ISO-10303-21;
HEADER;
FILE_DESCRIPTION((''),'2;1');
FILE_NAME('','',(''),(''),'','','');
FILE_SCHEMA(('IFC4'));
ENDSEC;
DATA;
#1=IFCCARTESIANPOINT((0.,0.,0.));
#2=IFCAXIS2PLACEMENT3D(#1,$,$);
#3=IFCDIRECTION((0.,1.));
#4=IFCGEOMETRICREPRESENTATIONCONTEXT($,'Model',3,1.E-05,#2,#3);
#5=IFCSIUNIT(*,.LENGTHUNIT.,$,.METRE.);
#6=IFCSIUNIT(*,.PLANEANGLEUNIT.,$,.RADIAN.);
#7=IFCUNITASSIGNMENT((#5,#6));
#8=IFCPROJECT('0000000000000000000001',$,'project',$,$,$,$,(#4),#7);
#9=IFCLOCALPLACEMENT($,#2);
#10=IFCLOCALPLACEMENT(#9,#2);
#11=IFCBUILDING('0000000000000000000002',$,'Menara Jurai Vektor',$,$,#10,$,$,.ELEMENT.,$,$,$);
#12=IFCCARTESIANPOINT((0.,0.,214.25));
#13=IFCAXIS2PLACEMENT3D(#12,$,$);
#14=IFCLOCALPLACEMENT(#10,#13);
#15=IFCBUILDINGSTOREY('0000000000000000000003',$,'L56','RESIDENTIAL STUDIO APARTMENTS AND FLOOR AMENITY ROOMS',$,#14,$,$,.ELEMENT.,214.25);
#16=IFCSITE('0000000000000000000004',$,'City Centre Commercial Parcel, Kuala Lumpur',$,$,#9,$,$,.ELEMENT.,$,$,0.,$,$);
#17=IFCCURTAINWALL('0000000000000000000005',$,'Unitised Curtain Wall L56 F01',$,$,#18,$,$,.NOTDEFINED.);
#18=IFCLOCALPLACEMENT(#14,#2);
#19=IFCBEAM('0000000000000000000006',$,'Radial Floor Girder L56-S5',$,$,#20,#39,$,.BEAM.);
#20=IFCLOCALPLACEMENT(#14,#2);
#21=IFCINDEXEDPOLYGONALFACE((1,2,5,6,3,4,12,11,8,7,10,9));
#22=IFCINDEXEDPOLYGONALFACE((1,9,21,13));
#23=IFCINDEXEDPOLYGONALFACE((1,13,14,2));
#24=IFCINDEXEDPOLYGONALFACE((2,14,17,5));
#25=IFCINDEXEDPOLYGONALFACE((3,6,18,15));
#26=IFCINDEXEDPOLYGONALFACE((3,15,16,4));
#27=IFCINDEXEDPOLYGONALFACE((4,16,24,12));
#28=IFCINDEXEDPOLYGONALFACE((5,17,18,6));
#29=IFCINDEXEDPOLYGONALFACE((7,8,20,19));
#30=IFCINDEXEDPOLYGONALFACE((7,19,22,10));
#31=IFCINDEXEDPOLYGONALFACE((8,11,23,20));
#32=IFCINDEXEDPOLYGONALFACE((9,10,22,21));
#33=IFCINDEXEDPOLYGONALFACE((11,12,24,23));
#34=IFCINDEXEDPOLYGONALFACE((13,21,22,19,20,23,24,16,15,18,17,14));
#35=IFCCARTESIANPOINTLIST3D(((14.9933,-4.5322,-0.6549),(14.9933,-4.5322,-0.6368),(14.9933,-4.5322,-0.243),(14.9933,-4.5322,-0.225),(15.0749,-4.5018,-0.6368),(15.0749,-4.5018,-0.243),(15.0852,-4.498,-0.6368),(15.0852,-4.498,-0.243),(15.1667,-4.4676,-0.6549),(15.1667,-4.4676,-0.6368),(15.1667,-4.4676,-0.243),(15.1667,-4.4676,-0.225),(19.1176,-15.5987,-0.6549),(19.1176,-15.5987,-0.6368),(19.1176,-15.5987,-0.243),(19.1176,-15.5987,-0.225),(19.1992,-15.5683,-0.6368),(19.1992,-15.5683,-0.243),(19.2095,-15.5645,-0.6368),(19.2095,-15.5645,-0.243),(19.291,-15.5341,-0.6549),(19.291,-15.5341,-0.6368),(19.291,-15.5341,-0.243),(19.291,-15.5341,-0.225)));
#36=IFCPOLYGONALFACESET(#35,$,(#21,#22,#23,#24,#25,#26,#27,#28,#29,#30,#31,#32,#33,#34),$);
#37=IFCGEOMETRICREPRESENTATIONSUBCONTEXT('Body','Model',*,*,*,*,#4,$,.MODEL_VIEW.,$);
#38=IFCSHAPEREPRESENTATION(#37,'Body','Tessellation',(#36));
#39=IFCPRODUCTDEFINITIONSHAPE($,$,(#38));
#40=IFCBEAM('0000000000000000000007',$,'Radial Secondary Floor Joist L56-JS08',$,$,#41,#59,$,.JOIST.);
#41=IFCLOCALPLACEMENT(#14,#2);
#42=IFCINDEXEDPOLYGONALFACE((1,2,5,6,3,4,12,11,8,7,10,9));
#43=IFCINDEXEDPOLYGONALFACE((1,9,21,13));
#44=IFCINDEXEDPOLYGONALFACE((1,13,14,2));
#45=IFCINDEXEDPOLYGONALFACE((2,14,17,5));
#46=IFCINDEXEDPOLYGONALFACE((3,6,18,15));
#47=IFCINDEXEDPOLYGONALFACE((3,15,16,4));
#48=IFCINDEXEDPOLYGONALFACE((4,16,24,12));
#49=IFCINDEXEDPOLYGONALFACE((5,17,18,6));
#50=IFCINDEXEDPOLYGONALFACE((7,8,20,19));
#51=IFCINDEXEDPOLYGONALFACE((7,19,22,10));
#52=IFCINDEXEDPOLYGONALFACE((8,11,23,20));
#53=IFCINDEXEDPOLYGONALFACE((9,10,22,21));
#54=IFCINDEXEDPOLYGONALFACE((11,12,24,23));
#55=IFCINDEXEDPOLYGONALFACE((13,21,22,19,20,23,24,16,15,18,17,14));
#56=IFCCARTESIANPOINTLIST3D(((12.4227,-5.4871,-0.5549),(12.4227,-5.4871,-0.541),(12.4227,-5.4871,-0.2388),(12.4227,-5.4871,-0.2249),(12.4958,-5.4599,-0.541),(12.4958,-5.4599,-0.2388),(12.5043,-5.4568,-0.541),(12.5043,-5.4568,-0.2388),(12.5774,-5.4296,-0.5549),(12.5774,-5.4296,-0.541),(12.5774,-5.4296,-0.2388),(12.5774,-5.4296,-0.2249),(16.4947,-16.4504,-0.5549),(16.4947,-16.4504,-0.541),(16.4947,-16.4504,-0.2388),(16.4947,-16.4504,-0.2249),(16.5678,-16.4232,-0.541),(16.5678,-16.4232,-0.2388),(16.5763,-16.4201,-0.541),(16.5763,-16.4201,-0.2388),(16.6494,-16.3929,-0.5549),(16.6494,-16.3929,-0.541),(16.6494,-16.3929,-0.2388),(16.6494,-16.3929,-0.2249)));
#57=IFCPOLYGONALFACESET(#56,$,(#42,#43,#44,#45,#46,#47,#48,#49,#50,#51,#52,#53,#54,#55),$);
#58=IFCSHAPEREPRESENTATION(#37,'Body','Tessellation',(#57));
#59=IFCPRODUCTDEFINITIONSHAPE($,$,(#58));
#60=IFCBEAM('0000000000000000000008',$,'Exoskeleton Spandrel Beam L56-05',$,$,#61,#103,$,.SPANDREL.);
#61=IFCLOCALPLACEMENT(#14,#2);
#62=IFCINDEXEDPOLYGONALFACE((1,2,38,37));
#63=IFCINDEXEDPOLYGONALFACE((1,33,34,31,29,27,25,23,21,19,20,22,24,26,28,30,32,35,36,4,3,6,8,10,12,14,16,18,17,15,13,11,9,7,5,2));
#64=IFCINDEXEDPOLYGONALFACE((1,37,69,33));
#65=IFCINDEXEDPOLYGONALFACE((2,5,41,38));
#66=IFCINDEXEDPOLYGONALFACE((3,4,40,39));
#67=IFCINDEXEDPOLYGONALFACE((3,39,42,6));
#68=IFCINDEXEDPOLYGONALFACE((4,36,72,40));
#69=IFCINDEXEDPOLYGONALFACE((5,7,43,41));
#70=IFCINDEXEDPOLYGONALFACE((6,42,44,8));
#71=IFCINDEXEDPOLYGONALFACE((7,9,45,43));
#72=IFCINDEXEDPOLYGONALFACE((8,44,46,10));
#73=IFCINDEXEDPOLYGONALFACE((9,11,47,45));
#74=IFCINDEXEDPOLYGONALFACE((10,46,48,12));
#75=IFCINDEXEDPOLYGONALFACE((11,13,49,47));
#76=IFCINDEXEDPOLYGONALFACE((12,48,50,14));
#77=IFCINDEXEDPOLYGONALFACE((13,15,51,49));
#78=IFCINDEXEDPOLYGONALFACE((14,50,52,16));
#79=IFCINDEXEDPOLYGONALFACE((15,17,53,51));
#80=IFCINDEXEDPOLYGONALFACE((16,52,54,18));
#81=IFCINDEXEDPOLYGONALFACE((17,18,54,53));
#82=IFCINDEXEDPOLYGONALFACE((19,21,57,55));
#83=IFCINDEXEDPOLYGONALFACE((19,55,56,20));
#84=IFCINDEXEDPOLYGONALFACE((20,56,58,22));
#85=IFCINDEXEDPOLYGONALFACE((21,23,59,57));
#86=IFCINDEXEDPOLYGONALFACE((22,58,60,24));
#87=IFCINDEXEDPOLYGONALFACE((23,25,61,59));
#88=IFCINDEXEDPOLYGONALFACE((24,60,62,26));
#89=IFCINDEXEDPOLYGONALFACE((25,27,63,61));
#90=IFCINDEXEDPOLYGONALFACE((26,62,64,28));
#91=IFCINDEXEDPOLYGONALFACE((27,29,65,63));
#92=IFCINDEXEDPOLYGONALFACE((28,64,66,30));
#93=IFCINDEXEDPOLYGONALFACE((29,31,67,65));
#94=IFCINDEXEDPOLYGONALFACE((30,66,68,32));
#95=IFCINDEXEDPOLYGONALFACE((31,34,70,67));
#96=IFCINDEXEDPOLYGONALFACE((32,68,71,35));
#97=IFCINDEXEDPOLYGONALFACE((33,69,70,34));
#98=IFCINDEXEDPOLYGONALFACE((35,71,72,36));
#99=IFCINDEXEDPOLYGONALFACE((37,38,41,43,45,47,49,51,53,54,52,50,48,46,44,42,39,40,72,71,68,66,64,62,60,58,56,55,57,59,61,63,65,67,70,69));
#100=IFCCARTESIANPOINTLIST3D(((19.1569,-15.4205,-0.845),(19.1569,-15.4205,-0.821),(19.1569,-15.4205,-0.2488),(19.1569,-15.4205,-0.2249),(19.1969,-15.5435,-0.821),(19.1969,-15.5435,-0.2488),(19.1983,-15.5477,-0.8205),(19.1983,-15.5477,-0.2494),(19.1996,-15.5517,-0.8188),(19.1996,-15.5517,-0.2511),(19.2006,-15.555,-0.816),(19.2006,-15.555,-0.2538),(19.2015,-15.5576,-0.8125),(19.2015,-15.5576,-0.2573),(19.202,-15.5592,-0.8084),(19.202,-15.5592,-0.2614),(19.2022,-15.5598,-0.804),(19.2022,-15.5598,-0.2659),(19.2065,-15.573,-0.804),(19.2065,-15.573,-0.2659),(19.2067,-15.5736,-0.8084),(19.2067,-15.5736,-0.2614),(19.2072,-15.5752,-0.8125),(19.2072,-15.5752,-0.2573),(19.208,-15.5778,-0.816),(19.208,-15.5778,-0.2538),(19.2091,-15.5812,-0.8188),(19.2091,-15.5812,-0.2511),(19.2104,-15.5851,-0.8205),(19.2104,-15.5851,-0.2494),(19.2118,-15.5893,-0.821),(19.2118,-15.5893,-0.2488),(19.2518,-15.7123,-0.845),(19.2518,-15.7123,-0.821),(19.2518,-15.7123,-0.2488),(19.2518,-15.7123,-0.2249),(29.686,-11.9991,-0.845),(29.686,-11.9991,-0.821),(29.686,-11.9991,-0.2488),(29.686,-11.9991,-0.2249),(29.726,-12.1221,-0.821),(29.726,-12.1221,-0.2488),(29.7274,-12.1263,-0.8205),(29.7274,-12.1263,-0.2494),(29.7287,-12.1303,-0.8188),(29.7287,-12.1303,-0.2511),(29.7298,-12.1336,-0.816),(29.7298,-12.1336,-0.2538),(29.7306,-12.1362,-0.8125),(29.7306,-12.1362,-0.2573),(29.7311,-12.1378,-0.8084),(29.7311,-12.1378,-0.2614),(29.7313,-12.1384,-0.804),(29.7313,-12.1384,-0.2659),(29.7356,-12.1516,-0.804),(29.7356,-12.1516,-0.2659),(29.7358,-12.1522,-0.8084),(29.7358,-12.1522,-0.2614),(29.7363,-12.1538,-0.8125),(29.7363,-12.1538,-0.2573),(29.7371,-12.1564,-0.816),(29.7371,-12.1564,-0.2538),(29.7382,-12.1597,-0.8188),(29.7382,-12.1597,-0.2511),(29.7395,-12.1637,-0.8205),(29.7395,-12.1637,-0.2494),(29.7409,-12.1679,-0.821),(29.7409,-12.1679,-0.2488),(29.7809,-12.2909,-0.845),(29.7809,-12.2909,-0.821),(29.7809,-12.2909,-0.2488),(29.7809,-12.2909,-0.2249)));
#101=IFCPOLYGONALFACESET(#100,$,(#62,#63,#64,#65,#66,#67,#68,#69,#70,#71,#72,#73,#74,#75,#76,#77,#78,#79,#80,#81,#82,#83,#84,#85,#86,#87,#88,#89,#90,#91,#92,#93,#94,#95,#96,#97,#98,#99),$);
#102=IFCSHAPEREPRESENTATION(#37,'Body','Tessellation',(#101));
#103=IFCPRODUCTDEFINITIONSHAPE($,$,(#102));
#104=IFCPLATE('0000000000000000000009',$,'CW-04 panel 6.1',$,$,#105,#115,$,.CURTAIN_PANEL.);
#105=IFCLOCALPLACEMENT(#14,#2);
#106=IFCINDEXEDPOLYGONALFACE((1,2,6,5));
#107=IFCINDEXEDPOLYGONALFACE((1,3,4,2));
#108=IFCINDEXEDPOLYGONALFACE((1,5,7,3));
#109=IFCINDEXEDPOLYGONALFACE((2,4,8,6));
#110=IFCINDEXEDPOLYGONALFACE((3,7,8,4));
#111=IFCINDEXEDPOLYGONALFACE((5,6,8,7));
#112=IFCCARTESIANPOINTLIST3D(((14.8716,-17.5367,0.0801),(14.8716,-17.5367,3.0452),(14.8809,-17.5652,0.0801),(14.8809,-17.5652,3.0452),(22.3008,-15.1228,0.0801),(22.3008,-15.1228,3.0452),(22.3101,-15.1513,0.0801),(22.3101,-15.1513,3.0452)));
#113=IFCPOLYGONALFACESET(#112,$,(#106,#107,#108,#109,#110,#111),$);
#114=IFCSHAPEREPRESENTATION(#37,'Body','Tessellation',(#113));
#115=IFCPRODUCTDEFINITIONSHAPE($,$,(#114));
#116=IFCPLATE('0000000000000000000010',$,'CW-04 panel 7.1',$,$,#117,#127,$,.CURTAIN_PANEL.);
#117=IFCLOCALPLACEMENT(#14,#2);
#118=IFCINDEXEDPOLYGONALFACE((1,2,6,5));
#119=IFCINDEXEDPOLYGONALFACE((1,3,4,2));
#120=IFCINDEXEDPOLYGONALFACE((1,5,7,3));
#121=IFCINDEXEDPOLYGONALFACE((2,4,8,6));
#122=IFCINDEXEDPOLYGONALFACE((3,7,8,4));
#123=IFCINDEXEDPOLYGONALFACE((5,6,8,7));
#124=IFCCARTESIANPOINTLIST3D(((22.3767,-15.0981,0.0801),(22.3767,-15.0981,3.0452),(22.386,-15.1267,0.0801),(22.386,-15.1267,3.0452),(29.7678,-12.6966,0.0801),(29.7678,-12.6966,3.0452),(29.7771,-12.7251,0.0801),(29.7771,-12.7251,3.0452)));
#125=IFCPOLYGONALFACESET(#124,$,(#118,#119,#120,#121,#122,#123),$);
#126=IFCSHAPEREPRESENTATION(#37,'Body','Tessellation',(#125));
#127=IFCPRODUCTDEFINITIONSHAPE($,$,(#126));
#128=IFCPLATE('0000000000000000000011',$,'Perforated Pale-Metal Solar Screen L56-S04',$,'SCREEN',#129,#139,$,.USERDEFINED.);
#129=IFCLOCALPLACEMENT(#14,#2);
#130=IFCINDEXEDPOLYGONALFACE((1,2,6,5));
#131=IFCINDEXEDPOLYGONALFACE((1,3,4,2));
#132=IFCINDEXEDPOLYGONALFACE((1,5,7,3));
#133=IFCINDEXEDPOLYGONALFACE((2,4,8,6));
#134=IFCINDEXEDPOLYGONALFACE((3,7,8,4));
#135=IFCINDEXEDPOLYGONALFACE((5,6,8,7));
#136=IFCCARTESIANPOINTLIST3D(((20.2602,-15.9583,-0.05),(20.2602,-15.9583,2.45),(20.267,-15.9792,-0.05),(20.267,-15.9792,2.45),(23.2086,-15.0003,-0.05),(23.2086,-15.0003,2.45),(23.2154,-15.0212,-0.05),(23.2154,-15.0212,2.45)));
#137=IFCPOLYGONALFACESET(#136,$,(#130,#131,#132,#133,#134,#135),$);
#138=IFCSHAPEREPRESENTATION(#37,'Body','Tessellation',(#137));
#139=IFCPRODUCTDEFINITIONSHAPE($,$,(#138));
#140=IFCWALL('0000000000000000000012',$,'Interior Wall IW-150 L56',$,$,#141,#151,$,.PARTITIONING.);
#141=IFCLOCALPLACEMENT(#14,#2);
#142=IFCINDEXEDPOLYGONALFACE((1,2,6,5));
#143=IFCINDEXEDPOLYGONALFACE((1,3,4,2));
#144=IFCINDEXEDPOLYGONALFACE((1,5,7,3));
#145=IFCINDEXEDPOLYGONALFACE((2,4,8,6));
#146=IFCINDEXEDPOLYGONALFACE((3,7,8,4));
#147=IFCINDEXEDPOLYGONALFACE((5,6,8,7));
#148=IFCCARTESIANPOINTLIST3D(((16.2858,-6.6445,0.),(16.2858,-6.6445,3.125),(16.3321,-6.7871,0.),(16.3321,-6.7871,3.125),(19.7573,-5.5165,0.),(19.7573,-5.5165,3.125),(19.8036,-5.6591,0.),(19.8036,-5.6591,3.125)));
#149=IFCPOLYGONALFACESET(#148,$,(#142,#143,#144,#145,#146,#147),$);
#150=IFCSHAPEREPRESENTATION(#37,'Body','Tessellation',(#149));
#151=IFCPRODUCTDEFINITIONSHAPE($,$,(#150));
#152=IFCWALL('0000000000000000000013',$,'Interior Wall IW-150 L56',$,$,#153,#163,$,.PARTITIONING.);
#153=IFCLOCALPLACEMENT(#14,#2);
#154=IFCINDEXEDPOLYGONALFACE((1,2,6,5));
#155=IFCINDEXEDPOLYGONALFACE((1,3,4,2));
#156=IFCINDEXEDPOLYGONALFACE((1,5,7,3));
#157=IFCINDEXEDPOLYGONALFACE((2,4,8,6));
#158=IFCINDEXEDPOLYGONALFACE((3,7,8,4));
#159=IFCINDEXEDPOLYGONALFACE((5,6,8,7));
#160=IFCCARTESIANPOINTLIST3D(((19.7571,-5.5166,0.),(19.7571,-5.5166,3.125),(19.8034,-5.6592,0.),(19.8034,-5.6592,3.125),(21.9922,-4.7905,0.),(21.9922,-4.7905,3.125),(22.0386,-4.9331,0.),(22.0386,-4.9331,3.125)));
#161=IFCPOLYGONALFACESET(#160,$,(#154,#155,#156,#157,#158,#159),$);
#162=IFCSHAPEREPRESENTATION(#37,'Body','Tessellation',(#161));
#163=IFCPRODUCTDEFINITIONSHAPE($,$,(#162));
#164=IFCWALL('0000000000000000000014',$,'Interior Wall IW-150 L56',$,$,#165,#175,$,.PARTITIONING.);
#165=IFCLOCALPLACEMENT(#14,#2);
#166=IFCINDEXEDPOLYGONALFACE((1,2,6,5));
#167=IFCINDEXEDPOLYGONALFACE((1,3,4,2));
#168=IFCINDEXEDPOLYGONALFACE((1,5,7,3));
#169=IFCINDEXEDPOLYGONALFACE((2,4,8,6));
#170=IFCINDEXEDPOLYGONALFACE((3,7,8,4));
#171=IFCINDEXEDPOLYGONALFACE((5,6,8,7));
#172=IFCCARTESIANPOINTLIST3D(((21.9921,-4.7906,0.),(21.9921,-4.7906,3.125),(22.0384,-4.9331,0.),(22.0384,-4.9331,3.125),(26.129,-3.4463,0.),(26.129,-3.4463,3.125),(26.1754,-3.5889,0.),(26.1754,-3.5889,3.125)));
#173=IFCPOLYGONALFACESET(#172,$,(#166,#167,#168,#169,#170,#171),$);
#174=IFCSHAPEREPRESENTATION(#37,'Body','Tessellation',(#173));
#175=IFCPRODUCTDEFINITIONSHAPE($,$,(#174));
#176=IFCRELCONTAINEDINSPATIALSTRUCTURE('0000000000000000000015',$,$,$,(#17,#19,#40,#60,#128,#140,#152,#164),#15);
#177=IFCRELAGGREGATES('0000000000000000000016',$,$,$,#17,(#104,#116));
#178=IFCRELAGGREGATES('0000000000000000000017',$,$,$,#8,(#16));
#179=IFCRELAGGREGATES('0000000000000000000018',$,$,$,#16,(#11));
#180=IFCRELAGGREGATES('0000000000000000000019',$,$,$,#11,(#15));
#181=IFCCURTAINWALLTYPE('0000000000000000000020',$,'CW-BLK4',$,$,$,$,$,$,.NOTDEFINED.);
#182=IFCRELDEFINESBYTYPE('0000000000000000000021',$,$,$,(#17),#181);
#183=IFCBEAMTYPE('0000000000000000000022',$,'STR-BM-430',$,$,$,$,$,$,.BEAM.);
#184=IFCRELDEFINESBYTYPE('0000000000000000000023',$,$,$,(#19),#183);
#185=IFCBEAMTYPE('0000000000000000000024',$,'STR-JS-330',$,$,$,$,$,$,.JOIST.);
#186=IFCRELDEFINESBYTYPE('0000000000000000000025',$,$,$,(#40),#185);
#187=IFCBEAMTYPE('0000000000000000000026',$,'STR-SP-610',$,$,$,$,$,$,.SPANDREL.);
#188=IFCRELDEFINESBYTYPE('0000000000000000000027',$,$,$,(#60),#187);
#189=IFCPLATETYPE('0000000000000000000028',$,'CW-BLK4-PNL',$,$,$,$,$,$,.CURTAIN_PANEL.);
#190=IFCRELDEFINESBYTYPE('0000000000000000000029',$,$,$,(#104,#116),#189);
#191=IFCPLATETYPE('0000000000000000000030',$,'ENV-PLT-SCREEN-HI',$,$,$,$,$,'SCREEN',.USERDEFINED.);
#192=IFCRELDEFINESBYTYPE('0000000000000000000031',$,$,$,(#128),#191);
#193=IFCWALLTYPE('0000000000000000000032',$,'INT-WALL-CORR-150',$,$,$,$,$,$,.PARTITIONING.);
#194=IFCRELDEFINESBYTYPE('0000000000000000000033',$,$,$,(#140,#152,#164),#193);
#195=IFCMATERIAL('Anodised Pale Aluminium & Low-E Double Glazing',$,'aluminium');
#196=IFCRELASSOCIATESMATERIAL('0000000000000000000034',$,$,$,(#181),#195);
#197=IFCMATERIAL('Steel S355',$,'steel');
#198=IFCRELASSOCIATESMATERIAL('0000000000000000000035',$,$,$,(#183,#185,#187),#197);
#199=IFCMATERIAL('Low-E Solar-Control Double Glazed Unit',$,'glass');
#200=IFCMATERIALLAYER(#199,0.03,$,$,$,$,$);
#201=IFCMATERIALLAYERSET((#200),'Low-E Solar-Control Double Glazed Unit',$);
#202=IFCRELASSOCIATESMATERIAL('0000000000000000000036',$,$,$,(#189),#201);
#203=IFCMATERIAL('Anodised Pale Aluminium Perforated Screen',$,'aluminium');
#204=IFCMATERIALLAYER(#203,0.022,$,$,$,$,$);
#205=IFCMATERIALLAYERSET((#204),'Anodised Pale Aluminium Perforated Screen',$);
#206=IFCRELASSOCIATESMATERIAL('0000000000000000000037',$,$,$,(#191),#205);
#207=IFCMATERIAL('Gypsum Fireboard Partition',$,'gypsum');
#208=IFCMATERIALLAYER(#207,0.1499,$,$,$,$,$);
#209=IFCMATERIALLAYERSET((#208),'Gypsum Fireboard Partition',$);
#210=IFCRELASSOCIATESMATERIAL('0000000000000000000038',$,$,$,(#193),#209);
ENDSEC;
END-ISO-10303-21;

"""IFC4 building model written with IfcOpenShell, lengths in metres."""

from ifc_helpers import new_model, si_unit, direction, frame, frame_2d, origin, origin_2d, place, context, subcontext, project, spatial, rectangle, i_section, extrude, material, layer, layer_set, material_profile, profile_set, type_object, element, aggregate, save


model = new_model("IFC4")

# Units and contexts
model_context = context("Model", 3, precision=1e-05, world=origin(), true_north=direction((0.0, 1.0)))
body_context = subcontext(model_context, "Body", "Model", "MODEL_VIEW")
ifc_project = project(units=[si_unit("LENGTHUNIT", "METRE"), si_unit("PLANEANGLEUNIT", "RADIAN")], contexts=[model_context])

# Site, building, storey
site_placement = place(None, origin())
site = spatial("IfcSite", under=ifc_project, at=site_placement, Name="City Centre Commercial Parcel, Kuala Lumpur", CompositionType="ELEMENT", RefElevation=0.0)
building_placement = place(site_placement, origin())
building = spatial("IfcBuilding", under=site, at=building_placement, Name="Menara Jurai Vektor", CompositionType="ELEMENT")
storey_placement = place(building_placement, frame((0.0, 0.0, 214.25)))
storey = spatial("IfcBuildingStorey", under=building, at=storey_placement, Name="L56", Description="RESIDENTIAL STUDIO APARTMENTS AND FLOOR AMENITY ROOMS", CompositionType="ELEMENT", Elevation=214.25)

# Curtain wall
ifc_material_1 = material(Name="Anodised Pale Aluminium & Low-E Double Glazing", Category="aluminium")
curtain_wall_type = type_object("IfcCurtainWallType", Name="CW-BLK4", PredefinedType="NOTDEFINED", material=ifc_material_1)
curtain_wall_placement = place(storey_placement, origin())
curtain_wall = element("IfcCurtainWall", 1, at=curtain_wall_placement, inside=storey, type_object=curtain_wall_type, Name="Unitised Curtain Wall L56 F01", PredefinedType="NOTDEFINED")

# Beams
ifc_material_2 = material(Name="Steel S355", Category="steel")
ifc_material_profile_1 = material_profile(ifc_material_2, i_section(OverallWidth=0.1851, OverallDepth=0.4299, WebThickness=0.011, FlangeThickness=0.0181, at=origin_2d()), Name="PG 430x185x76")
ifc_profile_set_1 = profile_set([ifc_material_profile_1], Name="Steel S355")
beam_type_1 = type_object("IfcBeamType", Name="STR-BM-430", PredefinedType="BEAM", material=ifc_profile_set_1)
beam_1_placement = place(storey_placement, frame((19.2043, -15.5664, -0.4399), z_axis=(-0.34922, 0.937041, 0.0), x_axis=(-0.937041, -0.34922, 0.0)))
element("IfcBeam", 2, at=beam_1_placement, inside=storey, type_object=beam_type_1, Name="Radial Floor Girder L56-S5", PredefinedType="BEAM", context=body_context, shape_type="SweptSolid", body=[
    extrude(i_section(OverallWidth=0.1851, OverallDepth=0.4299, WebThickness=0.011, FlangeThickness=0.0181, at=origin_2d()), origin(), (0.0, 0.0, 1.0), 11.8101),
])
ifc_material_profile_2 = material_profile(ifc_material_2, i_section(OverallWidth=0.165, OverallDepth=0.3301, WebThickness=0.009, FlangeThickness=0.0139, at=origin_2d()), Name="PG 330x165x46")
ifc_profile_set_2 = profile_set([ifc_material_profile_2], Name="Steel S355")
beam_type_2 = type_object("IfcBeamType", Name="STR-JS-330", PredefinedType="JOIST", material=ifc_profile_set_2)
beam_2_placement = place(storey_placement, frame((16.572, -16.4216, -0.3899), z_axis=(-0.34818, 0.937428, 0.0), x_axis=(-0.937428, -0.34818, 0.0)))
element("IfcBeam", 3, at=beam_2_placement, inside=storey, type_object=beam_type_2, Name="Radial Secondary Floor Joist L56-JS08", PredefinedType="JOIST", context=body_context, shape_type="SweptSolid", body=[
    extrude(i_section(OverallWidth=0.165, OverallDepth=0.3301, WebThickness=0.009, FlangeThickness=0.0139, at=origin_2d()), origin(), (0.0, 0.0, 1.0), 11.6951),
])
ifc_material_profile_3 = material_profile(ifc_material_2, i_section(OverallWidth=0.3069, OverallDepth=0.6201, WebThickness=0.0139, FlangeThickness=0.0239, FilletRadius=0.0171, at=origin_2d()), Name="UKB 610x305x179")
ifc_profile_set_3 = profile_set([ifc_material_profile_3], Name="Steel S355")
beam_type_3 = type_object("IfcBeamType", Name="STR-SP-610", PredefinedType="SPANDREL", material=ifc_profile_set_3)
beam_3_placement = place(storey_placement, frame((19.2043, -15.5664, -0.5349), z_axis=(0.951049, 0.309041, 0.0), x_axis=(-0.309041, 0.951049, 0.0)))
element("IfcBeam", 4, at=beam_3_placement, inside=storey, type_object=beam_type_3, Name="Exoskeleton Spandrel Beam L56-05", PredefinedType="SPANDREL", context=body_context, shape_type="SweptSolid", body=[
    extrude(i_section(OverallWidth=0.3069, OverallDepth=0.6201, WebThickness=0.0139, FlangeThickness=0.0239, FilletRadius=0.0171, at=origin_2d()), origin(), (0.0, 0.0, 1.0), 11.071),
])

# Plates
ifc_material_3 = material(Name="Low-E Solar-Control Double Glazed Unit", Category="glass")
ifc_layer_1 = layer(ifc_material_3, 0.03)
ifc_layer_set_1 = layer_set([ifc_layer_1], Name="Low-E Solar-Control Double Glazed Unit")
plate_type_1 = type_object("IfcPlateType", Name="CW-BLK4-PNL", PredefinedType="CURTAIN_PANEL", material=ifc_layer_set_1)
plate_1_placement = place(storey_placement, frame((18.5908, -16.344, 0.0801), z_axis=(0.0, 0.0, 1.0), x_axis=(0.951056, 0.309017, 0.0)))
plate_1 = element("IfcPlate", 5, at=plate_1_placement, type_object=plate_type_1, Name="CW-04 panel 6.1", PredefinedType="CURTAIN_PANEL", context=body_context, shape_type="SweptSolid", body=[
    extrude(rectangle(XDim=7.8115, YDim=0.03, at=origin_2d()), origin(), (0.0, 0.0, 1.0), 2.9651),
])
plate_2_placement = place(storey_placement, frame((26.0769, -13.9116, 0.0801), z_axis=(0.0, 0.0, 1.0), x_axis=(0.951056, 0.309017, 0.0)))
plate_2 = element("IfcPlate", 6, at=plate_2_placement, type_object=plate_type_1, Name="CW-04 panel 7.1", PredefinedType="CURTAIN_PANEL", context=body_context, shape_type="SweptSolid", body=[
    extrude(rectangle(XDim=7.7715, YDim=0.03, at=origin_2d()), origin(), (0.0, 0.0, 1.0), 2.9651),
])
aggregate(curtain_wall, [plate_1, plate_2])
ifc_material_4 = material(Name="Anodised Pale Aluminium Perforated Screen", Category="aluminium")
ifc_layer_2 = layer(ifc_material_4, 0.022)
ifc_layer_set_2 = layer_set([ifc_layer_2], Name="Anodised Pale Aluminium Perforated Screen")
plate_type_2 = type_object("IfcPlateType", Name="ENV-PLT-SCREEN-HI", ElementType="SCREEN", PredefinedType="USERDEFINED", material=ifc_layer_set_2)
plate_3_placement = place(storey_placement, frame((21.7378, -15.4897, -0.05), z_axis=(0.0, 0.0, 1.0), x_axis=(0.951057, 0.309017, 0.0)))
element("IfcPlate", 7, at=plate_3_placement, inside=storey, type_object=plate_type_2, Name="Perforated Pale-Metal Solar Screen L56-S04", ObjectType="SCREEN", PredefinedType="USERDEFINED", context=body_context, shape_type="SweptSolid", body=[
    extrude(rectangle(XDim=3.1001, YDim=0.022, at=origin_2d()), origin(), (0.0, 0.0, 1.0), 2.5),
])

# Walls
ifc_material_5 = material(Name="Gypsum Fireboard Partition", Category="gypsum")
ifc_layer_3 = layer(ifc_material_5, 0.1499)
ifc_layer_set_3 = layer_set([ifc_layer_3], Name="Gypsum Fireboard Partition")
wall_type_1 = type_object("IfcWallType", Name="INT-WALL-CORR-150", PredefinedType="PARTITIONING", material=ifc_layer_set_3)
wall_1_placement = place(storey_placement, frame((16.3088, -6.7158, 0.0), z_axis=(0.0, 0.0, 1.0), x_axis=(0.951057, 0.309015, 0.0)))
element("IfcWall", 8, at=wall_1_placement, inside=storey, type_object=wall_type_1, Name="Interior Wall IW-150 L56", PredefinedType="PARTITIONING", context=body_context, shape_type="SweptSolid", body=[
    extrude(rectangle(XDim=3.6501, YDim=0.1499, at=frame_2d((1.8252, 0.0))), origin(), (0.0, 0.0, 1.0), 3.125),
])
wall_2_placement = place(storey_placement, frame((19.7803, -5.5879, 0.0), z_axis=(0.0, 0.0, 1.0), x_axis=(0.951076, 0.308957, 0.0)))
element("IfcWall", 9, at=wall_2_placement, inside=storey, type_object=wall_type_1, Name="Interior Wall IW-150 L56", PredefinedType="PARTITIONING", context=body_context, shape_type="SweptSolid", body=[
    extrude(rectangle(XDim=2.3501, YDim=0.1499, at=frame_2d((1.175, 0.0))), origin(), (0.0, 0.0, 1.0), 3.125),
])
wall_3_placement = place(storey_placement, frame((22.0154, -4.8618, 0.0), z_axis=(0.0, 0.0, 1.0), x_axis=(0.951053, 0.309029, 0.0)))
element("IfcWall", 10, at=wall_3_placement, inside=storey, type_object=wall_type_1, Name="Interior Wall IW-150 L56", PredefinedType="PARTITIONING", context=body_context, shape_type="SweptSolid", body=[
    extrude(rectangle(XDim=4.3499, YDim=0.1499, at=frame_2d((2.1748, 0.0))), origin(), (0.0, 0.0, 1.0), 3.125),
])

save(model, "model.ifc")
